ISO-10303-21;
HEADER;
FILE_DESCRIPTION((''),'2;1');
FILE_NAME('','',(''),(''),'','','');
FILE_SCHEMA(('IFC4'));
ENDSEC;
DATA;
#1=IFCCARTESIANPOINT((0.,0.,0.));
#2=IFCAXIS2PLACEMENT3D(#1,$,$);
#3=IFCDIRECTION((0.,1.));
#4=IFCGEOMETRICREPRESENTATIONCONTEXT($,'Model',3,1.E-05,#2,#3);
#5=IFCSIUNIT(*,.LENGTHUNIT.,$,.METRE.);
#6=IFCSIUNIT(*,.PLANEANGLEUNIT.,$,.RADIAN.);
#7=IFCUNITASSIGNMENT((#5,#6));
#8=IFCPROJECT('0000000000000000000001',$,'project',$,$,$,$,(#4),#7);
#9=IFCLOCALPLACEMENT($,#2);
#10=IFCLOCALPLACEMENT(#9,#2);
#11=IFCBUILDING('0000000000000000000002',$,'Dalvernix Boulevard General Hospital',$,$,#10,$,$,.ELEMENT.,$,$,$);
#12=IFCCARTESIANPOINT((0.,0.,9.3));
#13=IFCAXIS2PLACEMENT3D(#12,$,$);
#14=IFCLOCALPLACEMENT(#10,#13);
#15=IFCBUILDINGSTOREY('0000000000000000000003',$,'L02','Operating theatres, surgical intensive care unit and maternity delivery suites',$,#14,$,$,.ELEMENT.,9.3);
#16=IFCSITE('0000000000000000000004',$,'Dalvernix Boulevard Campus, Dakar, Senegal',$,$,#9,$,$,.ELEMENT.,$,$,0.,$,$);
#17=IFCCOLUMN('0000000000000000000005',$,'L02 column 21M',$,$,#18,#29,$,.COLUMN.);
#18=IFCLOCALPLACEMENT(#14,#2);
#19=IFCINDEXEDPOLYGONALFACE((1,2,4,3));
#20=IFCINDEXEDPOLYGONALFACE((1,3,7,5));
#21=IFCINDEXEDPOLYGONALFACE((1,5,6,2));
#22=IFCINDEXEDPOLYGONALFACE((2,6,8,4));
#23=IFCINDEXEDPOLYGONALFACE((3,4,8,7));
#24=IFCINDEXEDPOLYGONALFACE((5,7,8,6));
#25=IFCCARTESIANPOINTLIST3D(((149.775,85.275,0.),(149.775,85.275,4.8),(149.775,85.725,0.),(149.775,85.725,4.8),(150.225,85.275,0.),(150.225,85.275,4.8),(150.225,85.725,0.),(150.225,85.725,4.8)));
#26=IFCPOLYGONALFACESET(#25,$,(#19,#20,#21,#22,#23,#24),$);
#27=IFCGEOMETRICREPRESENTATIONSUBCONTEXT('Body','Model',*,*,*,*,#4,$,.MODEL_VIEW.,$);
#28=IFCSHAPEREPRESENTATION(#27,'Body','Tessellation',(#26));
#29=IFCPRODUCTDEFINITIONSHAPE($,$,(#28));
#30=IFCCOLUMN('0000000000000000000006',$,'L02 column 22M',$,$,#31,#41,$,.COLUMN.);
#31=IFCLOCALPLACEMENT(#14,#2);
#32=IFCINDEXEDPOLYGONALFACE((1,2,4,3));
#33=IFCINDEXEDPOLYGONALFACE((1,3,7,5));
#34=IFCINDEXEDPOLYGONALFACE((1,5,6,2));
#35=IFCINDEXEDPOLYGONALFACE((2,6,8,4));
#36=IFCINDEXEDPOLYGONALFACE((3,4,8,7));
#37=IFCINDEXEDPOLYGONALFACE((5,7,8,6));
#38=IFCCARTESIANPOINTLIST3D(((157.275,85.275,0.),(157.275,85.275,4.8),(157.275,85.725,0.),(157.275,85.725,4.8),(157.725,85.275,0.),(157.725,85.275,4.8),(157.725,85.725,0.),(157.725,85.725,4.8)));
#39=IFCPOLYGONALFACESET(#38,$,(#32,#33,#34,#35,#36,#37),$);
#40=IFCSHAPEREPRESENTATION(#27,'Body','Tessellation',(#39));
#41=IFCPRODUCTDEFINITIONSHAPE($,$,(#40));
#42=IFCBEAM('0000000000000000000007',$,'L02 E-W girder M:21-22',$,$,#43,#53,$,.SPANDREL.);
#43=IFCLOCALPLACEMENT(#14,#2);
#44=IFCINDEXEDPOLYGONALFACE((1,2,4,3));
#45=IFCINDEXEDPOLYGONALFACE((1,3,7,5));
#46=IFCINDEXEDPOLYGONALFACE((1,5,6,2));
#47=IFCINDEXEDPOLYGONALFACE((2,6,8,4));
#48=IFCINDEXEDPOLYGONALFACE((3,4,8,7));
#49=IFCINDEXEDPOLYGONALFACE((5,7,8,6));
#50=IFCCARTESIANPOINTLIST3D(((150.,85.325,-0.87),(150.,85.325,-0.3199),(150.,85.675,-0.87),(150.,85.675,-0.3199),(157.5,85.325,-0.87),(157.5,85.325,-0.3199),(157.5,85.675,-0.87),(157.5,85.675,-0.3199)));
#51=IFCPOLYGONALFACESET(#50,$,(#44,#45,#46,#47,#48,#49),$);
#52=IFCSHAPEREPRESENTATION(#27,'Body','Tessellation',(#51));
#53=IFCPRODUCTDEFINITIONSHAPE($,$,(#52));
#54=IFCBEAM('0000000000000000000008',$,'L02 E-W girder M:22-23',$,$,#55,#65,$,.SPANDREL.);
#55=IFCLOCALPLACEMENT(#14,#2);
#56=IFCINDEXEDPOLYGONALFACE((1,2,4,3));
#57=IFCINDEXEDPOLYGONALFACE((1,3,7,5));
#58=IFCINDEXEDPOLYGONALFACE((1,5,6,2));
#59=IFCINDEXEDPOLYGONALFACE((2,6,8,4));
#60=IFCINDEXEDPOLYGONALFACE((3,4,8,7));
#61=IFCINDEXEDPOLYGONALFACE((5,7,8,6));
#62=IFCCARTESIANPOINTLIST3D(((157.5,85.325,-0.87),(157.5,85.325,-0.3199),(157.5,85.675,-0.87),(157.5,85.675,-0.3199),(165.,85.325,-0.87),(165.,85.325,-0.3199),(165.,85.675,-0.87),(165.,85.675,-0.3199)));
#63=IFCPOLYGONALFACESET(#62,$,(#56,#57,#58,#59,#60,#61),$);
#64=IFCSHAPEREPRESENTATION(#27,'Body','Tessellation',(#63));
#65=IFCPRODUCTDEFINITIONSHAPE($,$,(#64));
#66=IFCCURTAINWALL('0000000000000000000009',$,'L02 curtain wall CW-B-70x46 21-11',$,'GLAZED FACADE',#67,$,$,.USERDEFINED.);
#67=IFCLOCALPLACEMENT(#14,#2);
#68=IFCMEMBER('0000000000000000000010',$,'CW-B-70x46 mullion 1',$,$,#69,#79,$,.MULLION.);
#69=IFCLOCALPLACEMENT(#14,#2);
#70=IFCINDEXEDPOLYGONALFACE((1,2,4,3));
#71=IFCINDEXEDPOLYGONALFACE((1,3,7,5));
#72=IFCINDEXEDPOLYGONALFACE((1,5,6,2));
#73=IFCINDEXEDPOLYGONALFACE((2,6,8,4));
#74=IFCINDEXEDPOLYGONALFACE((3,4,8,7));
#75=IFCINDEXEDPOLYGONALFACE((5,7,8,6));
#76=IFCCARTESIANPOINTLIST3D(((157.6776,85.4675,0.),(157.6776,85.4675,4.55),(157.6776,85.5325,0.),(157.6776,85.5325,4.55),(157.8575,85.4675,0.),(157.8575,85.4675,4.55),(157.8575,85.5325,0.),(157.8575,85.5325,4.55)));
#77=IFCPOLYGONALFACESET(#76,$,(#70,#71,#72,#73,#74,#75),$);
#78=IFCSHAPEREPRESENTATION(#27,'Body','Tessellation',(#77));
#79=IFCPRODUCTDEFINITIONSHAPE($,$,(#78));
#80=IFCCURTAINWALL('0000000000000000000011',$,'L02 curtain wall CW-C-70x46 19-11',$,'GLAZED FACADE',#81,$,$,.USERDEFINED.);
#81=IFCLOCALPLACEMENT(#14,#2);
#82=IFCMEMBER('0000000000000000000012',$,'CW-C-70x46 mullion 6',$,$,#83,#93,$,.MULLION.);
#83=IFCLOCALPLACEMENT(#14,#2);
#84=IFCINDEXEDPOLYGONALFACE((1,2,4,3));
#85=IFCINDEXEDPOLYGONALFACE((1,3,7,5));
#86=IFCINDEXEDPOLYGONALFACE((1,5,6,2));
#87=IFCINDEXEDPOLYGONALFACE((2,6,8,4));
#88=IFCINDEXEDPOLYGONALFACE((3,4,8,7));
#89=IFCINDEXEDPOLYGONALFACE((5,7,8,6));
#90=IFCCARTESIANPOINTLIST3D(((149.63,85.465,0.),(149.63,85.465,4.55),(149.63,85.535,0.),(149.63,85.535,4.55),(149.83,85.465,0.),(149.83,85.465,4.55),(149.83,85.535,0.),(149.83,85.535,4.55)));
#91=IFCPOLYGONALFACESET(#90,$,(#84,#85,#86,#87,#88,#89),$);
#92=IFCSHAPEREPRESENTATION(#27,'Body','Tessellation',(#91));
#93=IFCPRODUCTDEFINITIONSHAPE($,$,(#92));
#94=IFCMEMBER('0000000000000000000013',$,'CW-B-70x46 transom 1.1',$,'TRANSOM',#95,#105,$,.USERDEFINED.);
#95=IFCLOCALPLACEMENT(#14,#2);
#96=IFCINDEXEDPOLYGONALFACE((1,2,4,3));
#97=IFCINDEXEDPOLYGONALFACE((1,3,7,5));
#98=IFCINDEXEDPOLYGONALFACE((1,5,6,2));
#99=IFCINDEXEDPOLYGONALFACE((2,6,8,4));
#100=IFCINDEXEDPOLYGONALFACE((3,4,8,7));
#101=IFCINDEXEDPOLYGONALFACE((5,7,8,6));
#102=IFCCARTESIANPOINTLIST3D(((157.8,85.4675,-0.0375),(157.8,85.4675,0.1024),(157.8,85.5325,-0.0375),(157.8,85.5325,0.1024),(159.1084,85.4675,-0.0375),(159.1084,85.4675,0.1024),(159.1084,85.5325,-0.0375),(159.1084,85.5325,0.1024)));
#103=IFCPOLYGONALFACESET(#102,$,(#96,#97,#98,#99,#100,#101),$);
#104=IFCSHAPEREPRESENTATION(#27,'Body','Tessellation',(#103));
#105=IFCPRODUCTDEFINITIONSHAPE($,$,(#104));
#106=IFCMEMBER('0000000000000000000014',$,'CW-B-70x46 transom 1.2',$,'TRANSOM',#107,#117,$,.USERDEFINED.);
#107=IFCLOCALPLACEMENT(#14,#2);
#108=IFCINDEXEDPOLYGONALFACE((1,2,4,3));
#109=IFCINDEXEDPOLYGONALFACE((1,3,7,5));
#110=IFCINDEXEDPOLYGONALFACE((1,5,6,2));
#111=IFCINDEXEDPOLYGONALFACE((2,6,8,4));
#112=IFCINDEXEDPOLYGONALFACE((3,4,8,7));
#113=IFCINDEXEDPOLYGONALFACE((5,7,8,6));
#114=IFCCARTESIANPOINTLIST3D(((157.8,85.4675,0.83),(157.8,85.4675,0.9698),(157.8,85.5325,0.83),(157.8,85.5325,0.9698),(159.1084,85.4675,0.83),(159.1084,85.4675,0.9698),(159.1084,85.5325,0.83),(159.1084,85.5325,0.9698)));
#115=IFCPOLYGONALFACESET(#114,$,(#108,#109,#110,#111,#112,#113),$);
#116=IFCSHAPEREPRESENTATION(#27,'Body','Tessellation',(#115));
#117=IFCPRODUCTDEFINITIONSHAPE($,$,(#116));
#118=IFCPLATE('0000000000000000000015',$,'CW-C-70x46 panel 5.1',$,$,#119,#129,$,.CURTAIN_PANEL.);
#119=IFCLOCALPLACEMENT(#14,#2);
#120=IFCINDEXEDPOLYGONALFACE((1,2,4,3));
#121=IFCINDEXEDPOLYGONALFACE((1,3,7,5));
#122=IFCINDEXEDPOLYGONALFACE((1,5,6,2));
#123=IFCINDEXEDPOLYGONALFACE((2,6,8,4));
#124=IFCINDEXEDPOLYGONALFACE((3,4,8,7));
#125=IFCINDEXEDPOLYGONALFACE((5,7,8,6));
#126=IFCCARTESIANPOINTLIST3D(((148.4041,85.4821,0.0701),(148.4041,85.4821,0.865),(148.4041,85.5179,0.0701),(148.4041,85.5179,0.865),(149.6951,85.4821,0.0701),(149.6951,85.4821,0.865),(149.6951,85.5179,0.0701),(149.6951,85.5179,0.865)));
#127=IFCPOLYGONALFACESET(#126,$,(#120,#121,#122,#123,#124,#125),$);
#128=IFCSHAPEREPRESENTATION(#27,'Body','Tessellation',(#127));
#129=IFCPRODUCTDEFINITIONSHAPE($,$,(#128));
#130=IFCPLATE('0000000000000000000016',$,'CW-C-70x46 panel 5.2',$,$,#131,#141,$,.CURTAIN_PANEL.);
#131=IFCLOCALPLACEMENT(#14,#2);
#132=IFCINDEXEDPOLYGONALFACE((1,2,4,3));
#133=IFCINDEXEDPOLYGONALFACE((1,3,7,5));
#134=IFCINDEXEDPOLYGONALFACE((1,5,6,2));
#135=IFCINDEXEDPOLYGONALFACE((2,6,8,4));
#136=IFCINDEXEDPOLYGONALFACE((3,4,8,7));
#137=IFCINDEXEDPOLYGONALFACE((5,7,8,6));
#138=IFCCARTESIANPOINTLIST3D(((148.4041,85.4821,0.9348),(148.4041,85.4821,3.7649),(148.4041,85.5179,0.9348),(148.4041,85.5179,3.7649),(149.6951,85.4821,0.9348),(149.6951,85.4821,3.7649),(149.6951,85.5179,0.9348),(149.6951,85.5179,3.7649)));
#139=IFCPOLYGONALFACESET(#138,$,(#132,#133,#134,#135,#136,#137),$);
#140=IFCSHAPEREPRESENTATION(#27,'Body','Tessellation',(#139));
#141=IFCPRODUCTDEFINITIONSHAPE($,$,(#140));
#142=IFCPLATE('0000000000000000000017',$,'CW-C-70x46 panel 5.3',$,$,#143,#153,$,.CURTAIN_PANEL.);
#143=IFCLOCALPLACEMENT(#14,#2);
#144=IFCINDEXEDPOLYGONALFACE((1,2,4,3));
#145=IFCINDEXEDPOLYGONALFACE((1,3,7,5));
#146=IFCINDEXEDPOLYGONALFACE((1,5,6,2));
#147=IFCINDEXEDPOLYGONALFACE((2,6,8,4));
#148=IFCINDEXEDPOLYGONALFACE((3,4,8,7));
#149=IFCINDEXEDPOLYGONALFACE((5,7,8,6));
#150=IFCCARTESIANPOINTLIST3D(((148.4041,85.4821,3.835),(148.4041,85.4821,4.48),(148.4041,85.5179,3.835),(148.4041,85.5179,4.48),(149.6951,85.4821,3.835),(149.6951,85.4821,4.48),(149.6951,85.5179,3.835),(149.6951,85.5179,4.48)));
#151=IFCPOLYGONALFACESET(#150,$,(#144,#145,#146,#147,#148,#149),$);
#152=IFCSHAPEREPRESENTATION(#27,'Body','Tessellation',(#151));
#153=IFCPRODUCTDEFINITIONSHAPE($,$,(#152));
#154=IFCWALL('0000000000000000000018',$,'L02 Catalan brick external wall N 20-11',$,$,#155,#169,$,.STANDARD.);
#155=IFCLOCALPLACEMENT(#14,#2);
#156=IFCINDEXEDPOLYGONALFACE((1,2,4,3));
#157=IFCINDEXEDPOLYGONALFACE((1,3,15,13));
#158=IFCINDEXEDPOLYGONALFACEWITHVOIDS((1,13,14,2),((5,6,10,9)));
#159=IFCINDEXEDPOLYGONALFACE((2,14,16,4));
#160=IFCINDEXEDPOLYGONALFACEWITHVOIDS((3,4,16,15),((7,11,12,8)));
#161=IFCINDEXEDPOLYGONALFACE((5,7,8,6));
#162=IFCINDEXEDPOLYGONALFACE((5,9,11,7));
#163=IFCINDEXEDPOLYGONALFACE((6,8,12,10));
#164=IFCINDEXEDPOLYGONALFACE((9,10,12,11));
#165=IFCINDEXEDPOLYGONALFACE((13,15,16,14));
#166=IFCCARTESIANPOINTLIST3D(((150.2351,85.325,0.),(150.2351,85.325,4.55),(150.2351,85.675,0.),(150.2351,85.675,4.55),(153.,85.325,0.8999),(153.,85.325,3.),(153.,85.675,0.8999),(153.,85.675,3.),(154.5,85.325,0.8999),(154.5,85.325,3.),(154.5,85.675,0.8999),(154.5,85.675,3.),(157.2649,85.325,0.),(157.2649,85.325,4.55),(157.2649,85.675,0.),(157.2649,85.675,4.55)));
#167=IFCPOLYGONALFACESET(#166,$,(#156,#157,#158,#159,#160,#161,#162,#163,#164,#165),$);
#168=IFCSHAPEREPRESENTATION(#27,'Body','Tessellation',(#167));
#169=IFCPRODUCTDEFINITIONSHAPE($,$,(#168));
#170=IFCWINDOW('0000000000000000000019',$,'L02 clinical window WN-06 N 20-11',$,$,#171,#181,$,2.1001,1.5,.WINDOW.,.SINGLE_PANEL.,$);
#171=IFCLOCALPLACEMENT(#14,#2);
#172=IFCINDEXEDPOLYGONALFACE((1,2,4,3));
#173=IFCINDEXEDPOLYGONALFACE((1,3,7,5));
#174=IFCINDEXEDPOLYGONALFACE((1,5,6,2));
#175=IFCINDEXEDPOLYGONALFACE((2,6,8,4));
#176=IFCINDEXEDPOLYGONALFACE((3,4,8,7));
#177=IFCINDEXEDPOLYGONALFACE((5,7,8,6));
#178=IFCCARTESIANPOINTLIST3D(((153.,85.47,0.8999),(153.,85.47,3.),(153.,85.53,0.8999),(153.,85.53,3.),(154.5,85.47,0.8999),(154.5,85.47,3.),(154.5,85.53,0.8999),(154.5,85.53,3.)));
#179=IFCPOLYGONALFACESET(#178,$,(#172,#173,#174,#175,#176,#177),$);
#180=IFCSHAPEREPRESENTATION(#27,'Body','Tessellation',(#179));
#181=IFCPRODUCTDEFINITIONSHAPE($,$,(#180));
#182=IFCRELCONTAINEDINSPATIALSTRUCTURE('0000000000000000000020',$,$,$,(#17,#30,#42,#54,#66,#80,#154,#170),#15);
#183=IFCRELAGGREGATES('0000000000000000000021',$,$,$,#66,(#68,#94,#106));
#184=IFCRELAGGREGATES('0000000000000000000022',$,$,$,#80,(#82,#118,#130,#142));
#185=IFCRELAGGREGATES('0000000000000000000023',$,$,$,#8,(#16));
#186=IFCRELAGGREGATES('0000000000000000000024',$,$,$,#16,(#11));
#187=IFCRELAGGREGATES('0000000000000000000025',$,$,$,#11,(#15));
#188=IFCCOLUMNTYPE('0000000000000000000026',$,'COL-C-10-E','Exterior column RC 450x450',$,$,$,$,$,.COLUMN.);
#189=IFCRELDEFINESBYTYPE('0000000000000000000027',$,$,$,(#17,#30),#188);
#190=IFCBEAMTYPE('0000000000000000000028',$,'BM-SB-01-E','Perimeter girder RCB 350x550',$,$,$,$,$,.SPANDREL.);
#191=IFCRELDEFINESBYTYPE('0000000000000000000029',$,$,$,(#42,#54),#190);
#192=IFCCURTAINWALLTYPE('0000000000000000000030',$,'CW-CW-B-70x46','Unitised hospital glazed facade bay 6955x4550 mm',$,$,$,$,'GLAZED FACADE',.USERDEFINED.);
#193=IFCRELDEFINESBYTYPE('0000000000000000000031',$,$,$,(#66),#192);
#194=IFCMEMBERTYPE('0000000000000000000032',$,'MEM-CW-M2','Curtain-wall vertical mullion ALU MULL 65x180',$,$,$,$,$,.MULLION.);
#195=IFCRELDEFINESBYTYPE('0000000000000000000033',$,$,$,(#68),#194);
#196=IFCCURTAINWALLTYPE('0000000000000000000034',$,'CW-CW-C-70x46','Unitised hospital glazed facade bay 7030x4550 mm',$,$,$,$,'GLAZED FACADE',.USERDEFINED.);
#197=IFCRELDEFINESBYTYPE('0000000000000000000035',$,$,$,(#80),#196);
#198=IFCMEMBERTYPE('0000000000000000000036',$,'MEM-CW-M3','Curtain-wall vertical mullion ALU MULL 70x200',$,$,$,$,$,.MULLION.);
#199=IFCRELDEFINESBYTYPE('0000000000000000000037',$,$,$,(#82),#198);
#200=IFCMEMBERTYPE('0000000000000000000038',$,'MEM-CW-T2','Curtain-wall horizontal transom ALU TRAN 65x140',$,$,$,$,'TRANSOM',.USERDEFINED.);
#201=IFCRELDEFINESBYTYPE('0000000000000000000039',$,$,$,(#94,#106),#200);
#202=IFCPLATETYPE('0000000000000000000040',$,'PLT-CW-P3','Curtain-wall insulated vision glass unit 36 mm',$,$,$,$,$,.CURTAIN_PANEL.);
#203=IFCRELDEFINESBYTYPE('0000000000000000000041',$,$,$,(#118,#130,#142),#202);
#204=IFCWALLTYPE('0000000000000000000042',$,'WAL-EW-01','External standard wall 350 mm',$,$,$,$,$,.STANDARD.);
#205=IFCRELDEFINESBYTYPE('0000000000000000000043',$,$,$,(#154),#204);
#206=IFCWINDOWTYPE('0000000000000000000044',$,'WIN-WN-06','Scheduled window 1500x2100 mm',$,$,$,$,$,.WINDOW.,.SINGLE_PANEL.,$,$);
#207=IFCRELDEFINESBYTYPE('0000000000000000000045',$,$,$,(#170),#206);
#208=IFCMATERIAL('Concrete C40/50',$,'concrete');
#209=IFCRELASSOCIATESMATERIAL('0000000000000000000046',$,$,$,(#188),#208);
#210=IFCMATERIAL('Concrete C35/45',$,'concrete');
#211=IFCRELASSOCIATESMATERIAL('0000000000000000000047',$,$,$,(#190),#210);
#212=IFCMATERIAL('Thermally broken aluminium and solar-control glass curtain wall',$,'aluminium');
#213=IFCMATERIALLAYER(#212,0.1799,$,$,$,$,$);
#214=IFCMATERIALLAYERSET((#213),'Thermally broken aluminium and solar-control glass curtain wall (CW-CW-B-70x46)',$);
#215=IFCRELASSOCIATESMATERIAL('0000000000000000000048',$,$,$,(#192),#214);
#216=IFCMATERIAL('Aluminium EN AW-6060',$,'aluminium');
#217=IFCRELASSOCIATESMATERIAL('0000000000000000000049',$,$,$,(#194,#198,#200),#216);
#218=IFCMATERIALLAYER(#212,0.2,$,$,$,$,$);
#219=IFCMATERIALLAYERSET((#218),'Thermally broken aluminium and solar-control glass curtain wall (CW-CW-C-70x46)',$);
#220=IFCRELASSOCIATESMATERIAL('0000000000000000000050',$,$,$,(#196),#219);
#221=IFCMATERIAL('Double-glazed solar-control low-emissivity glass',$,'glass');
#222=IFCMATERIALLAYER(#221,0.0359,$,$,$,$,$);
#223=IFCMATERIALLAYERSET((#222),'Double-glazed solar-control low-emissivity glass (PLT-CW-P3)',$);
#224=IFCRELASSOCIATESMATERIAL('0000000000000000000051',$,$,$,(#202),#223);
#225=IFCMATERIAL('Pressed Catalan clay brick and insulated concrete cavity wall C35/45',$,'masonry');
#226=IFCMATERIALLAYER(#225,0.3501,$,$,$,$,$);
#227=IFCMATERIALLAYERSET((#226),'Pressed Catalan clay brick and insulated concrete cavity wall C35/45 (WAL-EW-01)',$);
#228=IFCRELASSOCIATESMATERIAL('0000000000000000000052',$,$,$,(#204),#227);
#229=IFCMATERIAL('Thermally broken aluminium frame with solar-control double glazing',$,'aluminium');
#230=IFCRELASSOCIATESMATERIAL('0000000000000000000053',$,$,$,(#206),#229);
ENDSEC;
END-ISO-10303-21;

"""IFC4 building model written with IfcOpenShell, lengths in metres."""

from ifc_helpers import new_model, si_unit, direction, frame, frame_2d, origin, origin_2d, place, context, subcontext, project, spatial, rectangle, extrude, material, layer, layer_set, material_profile, profile_set, type_object, element, fill, aggregate, save


model = new_model("IFC4")

# Units and contexts
model_context = context("Model", 3, precision=1e-05, world=origin(), true_north=direction((0.0, 1.0)))
body_context = subcontext(model_context, "Body", "Model", "MODEL_VIEW")
ifc_project = project(units=[si_unit("LENGTHUNIT", "METRE"), si_unit("PLANEANGLEUNIT", "RADIAN")], contexts=[model_context])

# Site, building, storey
site_placement = place(None, origin())
site = spatial("IfcSite", under=ifc_project, at=site_placement, Name="Dalvernix Boulevard Campus, Dakar, Senegal", CompositionType="ELEMENT", RefElevation=0.0)
building_placement = place(site_placement, origin())
building = spatial("IfcBuilding", under=site, at=building_placement, Name="Dalvernix Boulevard General Hospital", CompositionType="ELEMENT")
storey_placement = place(building_placement, frame((0.0, 0.0, 9.3)))
storey = spatial("IfcBuildingStorey", under=building, at=storey_placement, Name="L02", Description="Operating theatres, surgical intensive care unit and maternity delivery suites", CompositionType="ELEMENT", Elevation=9.3)

# Columns
ifc_material_1 = material(Name="Concrete C40/50", Category="concrete")
ifc_material_profile_1 = material_profile(ifc_material_1, rectangle(XDim=0.45, YDim=0.45, at=origin_2d()), Name="RC 450x450")
ifc_profile_set_1 = profile_set([ifc_material_profile_1], Name="Concrete C40/50")
column_type = type_object("IfcColumnType", Name="COL-C-10-E", Description="Exterior column RC 450x450", PredefinedType="COLUMN", material=ifc_profile_set_1)
for number, where, z_axis, x_axis, name in (
    (1, (150.0, 85.5, 0.0), (0.0, 0.0, 1.0), (1.0, 0.0, 0.0), "L02 column 21M"),
    (2, (157.5, 85.5, 0.0), (0.0, 0.0, 1.0), (1.0, 0.0, 0.0), "L02 column 22M"),
):
    element("IfcColumn", number, at=place(storey_placement, frame(where, z_axis=z_axis, x_axis=x_axis)), inside=storey, type_object=column_type, Name=name, PredefinedType="COLUMN", context=body_context, shape_type="SweptSolid", body=[
        extrude(rectangle(XDim=0.45, YDim=0.45, at=origin_2d()), origin(), (0.0, 0.0, 1.0), 4.8),
    ])

# Beams
ifc_material_2 = material(Name="Concrete C35/45", Category="concrete")
ifc_material_profile_2 = material_profile(ifc_material_2, rectangle(XDim=0.3501, YDim=0.55, at=origin_2d()), Name="RCB 350x550")
ifc_profile_set_2 = profile_set([ifc_material_profile_2], Name="Concrete C35/45")
beam_type = type_object("IfcBeamType", Name="BM-SB-01-E", Description="Perimeter girder RCB 350x550", PredefinedType="SPANDREL", material=ifc_profile_set_2)
for number, where, z_axis, x_axis, name in (
    (3, (150.0, 85.5, -0.595), (1.0, 0.0, 0.0), (0.0, 1.0, 0.0), "L02 E-W girder M:21-22"),
    (4, (157.5, 85.5, -0.595), (1.0, 0.0, 0.0), (0.0, 1.0, 0.0), "L02 E-W girder M:22-23"),
):
    element("IfcBeam", number, at=place(storey_placement, frame(where, z_axis=z_axis, x_axis=x_axis)), inside=storey, type_object=beam_type, Name=name, PredefinedType="SPANDREL", context=body_context, shape_type="SweptSolid", body=[
        extrude(rectangle(XDim=0.3501, YDim=0.55, at=origin_2d()), origin(), (0.0, 0.0, 1.0), 7.5),
    ])

# Curtain walls, members
ifc_material_3 = material(Name="Thermally broken aluminium and solar-control glass curtain wall", Category="aluminium")
ifc_layer_1 = layer(ifc_material_3, 0.1799)
ifc_layer_set_1 = layer_set([ifc_layer_1], Name="Thermally broken aluminium and solar-control glass curtain wall (CW-CW-B-70x46)")
curtain_wall_type_1 = type_object("IfcCurtainWallType", Name="CW-CW-B-70x46", Description="Unitised hospital glazed facade bay 6955x4550 mm", ElementType="GLAZED FACADE", PredefinedType="USERDEFINED", material=ifc_layer_set_1)
curtain_wall_1_placement = place(storey_placement, origin())
curtain_wall_1 = element("IfcCurtainWall", 5, at=curtain_wall_1_placement, inside=storey, type_object=curtain_wall_type_1, Name="L02 curtain wall CW-B-70x46 21-11", ObjectType="GLAZED FACADE", PredefinedType="USERDEFINED")
ifc_material_4 = material(Name="Aluminium EN AW-6060", Category="aluminium")
ifc_material_profile_3 = material_profile(ifc_material_4, rectangle(XDim=0.0649, YDim=0.1799, at=origin_2d()), Name="ALU MULL 65x180")
ifc_profile_set_3 = profile_set([ifc_material_profile_3], Name="Aluminium EN AW-6060")
member_type_1 = type_object("IfcMemberType", Name="MEM-CW-M2", Description="Curtain-wall vertical mullion ALU MULL 65x180", PredefinedType="MULLION", material=ifc_profile_set_3)
member_1_placement = place(storey_placement, frame((157.7676, 85.5, 0.0), z_axis=(0.0, 0.0, 1.0), x_axis=(0.0, 1.0, 0.0)))
member_1 = element("IfcMember", 6, at=member_1_placement, type_object=member_type_1, Name="CW-B-70x46 mullion 1", PredefinedType="MULLION", context=body_context, shape_type="SweptSolid", body=[
    extrude(rectangle(XDim=0.0649, YDim=0.1799, at=origin_2d()), origin(), (0.0, 0.0, 1.0), 4.55),
])
ifc_layer_2 = layer(ifc_material_3, 0.2)
ifc_layer_set_2 = layer_set([ifc_layer_2], Name="Thermally broken aluminium and solar-control glass curtain wall (CW-CW-C-70x46)")
curtain_wall_type_2 = type_object("IfcCurtainWallType", Name="CW-CW-C-70x46", Description="Unitised hospital glazed facade bay 7030x4550 mm", ElementType="GLAZED FACADE", PredefinedType="USERDEFINED", material=ifc_layer_set_2)
curtain_wall_2_placement = place(storey_placement, origin())
curtain_wall_2 = element("IfcCurtainWall", 7, at=curtain_wall_2_placement, inside=storey, type_object=curtain_wall_type_2, Name="L02 curtain wall CW-C-70x46 19-11", ObjectType="GLAZED FACADE", PredefinedType="USERDEFINED")
ifc_material_profile_4 = material_profile(ifc_material_4, rectangle(XDim=0.0701, YDim=0.2, at=origin_2d()), Name="ALU MULL 70x200")
ifc_profile_set_4 = profile_set([ifc_material_profile_4], Name="Aluminium EN AW-6060")
member_type_2 = type_object("IfcMemberType", Name="MEM-CW-M3", Description="Curtain-wall vertical mullion ALU MULL 70x200", PredefinedType="MULLION", material=ifc_profile_set_4)
member_2_placement = place(storey_placement, frame((149.73, 85.5, 0.0), z_axis=(0.0, 0.0, 1.0), x_axis=(0.0, 1.0, 0.0)))
member_2 = element("IfcMember", 8, at=member_2_placement, type_object=member_type_2, Name="CW-C-70x46 mullion 6", PredefinedType="MULLION", context=body_context, shape_type="SweptSolid", body=[
    extrude(rectangle(XDim=0.0701, YDim=0.2, at=origin_2d()), origin(), (0.0, 0.0, 1.0), 4.55),
])

# Members
ifc_material_profile_5 = material_profile(ifc_material_4, rectangle(XDim=0.0649, YDim=0.1399, at=origin_2d()), Name="ALU TRAN 65x140")
ifc_profile_set_5 = profile_set([ifc_material_profile_5], Name="Aluminium EN AW-6060")
member_type_3 = type_object("IfcMemberType", Name="MEM-CW-T2", Description="Curtain-wall horizontal transom ALU TRAN 65x140", ElementType="TRANSOM", PredefinedType="USERDEFINED", material=ifc_profile_set_5)
member_3_placement = place(storey_placement, frame((157.8, 85.5, 0.0325), z_axis=(1.0, 0.0, 0.0), x_axis=(0.0, 1.0, 0.0)))
member_3 = element("IfcMember", 9, at=member_3_placement, type_object=member_type_3, Name="CW-B-70x46 transom 1.1", ObjectType="TRANSOM", PredefinedType="USERDEFINED", context=body_context, shape_type="SweptSolid", body=[
    extrude(rectangle(XDim=0.0649, YDim=0.1399, at=origin_2d()), origin(), (0.0, 0.0, 1.0), 1.3083),
])
member_4_placement = place(storey_placement, frame((157.8, 85.5, 0.8999), z_axis=(1.0, 0.0, 0.0), x_axis=(0.0, 1.0, 0.0)))
member_4 = element("IfcMember", 10, at=member_4_placement, type_object=member_type_3, Name="CW-B-70x46 transom 1.2", ObjectType="TRANSOM", PredefinedType="USERDEFINED", context=body_context, shape_type="SweptSolid", body=[
    extrude(rectangle(XDim=0.0649, YDim=0.1399, at=origin_2d()), origin(), (0.0, 0.0, 1.0), 1.3083),
])
aggregate(curtain_wall_1, [member_1, member_3, member_4])

# Plates
ifc_material_5 = material(Name="Double-glazed solar-control low-emissivity glass", Category="glass")
ifc_layer_3 = layer(ifc_material_5, 0.0359)
ifc_layer_set_3 = layer_set([ifc_layer_3], Name="Double-glazed solar-control low-emissivity glass (PLT-CW-P3)")
plate_type = type_object("IfcPlateType", Name="PLT-CW-P3", Description="Curtain-wall insulated vision glass unit 36 mm", PredefinedType="CURTAIN_PANEL", material=ifc_layer_set_3)
plate_1_placement = place(storey_placement, frame((149.0496, 85.5, 0.0701), z_axis=(0.0, 0.0, 1.0), x_axis=(1.0, 0.0, 0.0)))
plate_1 = element("IfcPlate", 11, at=plate_1_placement, type_object=plate_type, Name="CW-C-70x46 panel 5.1", PredefinedType="CURTAIN_PANEL", context=body_context, shape_type="SweptSolid", body=[
    extrude(rectangle(XDim=1.291, YDim=0.0359, at=origin_2d()), origin(), (0.0, 0.0, 1.0), 0.7949),
])
plate_2_placement = place(storey_placement, frame((149.0496, 85.5, 0.9348), z_axis=(0.0, 0.0, 1.0), x_axis=(1.0, 0.0, 0.0)))
plate_2 = element("IfcPlate", 12, at=plate_2_placement, type_object=plate_type, Name="CW-C-70x46 panel 5.2", PredefinedType="CURTAIN_PANEL", context=body_context, shape_type="SweptSolid", body=[
    extrude(rectangle(XDim=1.291, YDim=0.0359, at=origin_2d()), origin(), (0.0, 0.0, 1.0), 2.8301),
])
plate_3_placement = place(storey_placement, frame((149.0496, 85.5, 3.835), z_axis=(0.0, 0.0, 1.0), x_axis=(1.0, 0.0, 0.0)))
plate_3 = element("IfcPlate", 13, at=plate_3_placement, type_object=plate_type, Name="CW-C-70x46 panel 5.3", PredefinedType="CURTAIN_PANEL", context=body_context, shape_type="SweptSolid", body=[
    extrude(rectangle(XDim=1.291, YDim=0.0359, at=origin_2d()), origin(), (0.0, 0.0, 1.0), 0.645),
])
aggregate(curtain_wall_2, [member_2, plate_1, plate_2, plate_3])

# Wall, opening, window
ifc_material_6 = material(Name="Pressed Catalan clay brick and insulated concrete cavity wall C35/45", Category="masonry")
ifc_layer_4 = layer(ifc_material_6, 0.3501)
ifc_layer_set_4 = layer_set([ifc_layer_4], Name="Pressed Catalan clay brick and insulated concrete cavity wall C35/45 (WAL-EW-01)")
wall_type = type_object("IfcWallType", Name="WAL-EW-01", Description="External standard wall 350 mm", PredefinedType="STANDARD", material=ifc_layer_set_4)
wall_placement = place(storey_placement, frame((150.2351, 85.5, 0.0), z_axis=(0.0, 0.0, 1.0), x_axis=(1.0, 0.0, 0.0)))
wall = element("IfcWall", 14, at=wall_placement, inside=storey, type_object=wall_type, Name="L02 Catalan brick external wall N 20-11", PredefinedType="STANDARD", context=body_context, shape_type="SweptSolid", body=[
    extrude(rectangle(XDim=7.0298, YDim=0.3501, at=frame_2d((3.5149, 0.0))), origin(), (0.0, 0.0, 1.0), 4.55),
])
opening_placement = place(wall_placement, frame((2.7649, 0.0, 0.8999)))
opening = element("IfcOpeningElement", 15, at=opening_placement, cuts=wall, PredefinedType="OPENING", context=body_context, shape_type="SweptSolid", body=[
    extrude(rectangle(XDim=1.5, YDim=2.1001, at=frame_2d((0.75, 1.05))), frame((0.0, 0.1851, 0.0), z_axis=(0.0, -1.0, 0.0), x_axis=(1.0, 0.0, 0.0)), (0.0, 0.0, 1.0), 0.3701),
])
ifc_material_7 = material(Name="Thermally broken aluminium frame with solar-control double glazing", Category="aluminium")
window_type = type_object("IfcWindowType", Name="WIN-WN-06", Description="Scheduled window 1500x2100 mm", PartitioningType="SINGLE_PANEL", PredefinedType="WINDOW", material=ifc_material_7)
window_placement = place(opening_placement, origin())
window = element("IfcWindow", 16, at=window_placement, inside=storey, type_object=window_type, Name="L02 clinical window WN-06 N 20-11", OverallHeight=2.1001, OverallWidth=1.5, PartitioningType="SINGLE_PANEL", PredefinedType="WINDOW", context=body_context, shape_type="SweptSolid", body=[
    extrude(rectangle(XDim=1.5, YDim=2.1001, at=frame_2d((0.75, 1.05))), frame((0.0, 0.03, 0.0), z_axis=(0.0, -1.0, 0.0), x_axis=(1.0, 0.0, 0.0)), (0.0, 0.0, 1.0), 0.0601),
])
fill(opening, window)

save(model, "model.ifc")
